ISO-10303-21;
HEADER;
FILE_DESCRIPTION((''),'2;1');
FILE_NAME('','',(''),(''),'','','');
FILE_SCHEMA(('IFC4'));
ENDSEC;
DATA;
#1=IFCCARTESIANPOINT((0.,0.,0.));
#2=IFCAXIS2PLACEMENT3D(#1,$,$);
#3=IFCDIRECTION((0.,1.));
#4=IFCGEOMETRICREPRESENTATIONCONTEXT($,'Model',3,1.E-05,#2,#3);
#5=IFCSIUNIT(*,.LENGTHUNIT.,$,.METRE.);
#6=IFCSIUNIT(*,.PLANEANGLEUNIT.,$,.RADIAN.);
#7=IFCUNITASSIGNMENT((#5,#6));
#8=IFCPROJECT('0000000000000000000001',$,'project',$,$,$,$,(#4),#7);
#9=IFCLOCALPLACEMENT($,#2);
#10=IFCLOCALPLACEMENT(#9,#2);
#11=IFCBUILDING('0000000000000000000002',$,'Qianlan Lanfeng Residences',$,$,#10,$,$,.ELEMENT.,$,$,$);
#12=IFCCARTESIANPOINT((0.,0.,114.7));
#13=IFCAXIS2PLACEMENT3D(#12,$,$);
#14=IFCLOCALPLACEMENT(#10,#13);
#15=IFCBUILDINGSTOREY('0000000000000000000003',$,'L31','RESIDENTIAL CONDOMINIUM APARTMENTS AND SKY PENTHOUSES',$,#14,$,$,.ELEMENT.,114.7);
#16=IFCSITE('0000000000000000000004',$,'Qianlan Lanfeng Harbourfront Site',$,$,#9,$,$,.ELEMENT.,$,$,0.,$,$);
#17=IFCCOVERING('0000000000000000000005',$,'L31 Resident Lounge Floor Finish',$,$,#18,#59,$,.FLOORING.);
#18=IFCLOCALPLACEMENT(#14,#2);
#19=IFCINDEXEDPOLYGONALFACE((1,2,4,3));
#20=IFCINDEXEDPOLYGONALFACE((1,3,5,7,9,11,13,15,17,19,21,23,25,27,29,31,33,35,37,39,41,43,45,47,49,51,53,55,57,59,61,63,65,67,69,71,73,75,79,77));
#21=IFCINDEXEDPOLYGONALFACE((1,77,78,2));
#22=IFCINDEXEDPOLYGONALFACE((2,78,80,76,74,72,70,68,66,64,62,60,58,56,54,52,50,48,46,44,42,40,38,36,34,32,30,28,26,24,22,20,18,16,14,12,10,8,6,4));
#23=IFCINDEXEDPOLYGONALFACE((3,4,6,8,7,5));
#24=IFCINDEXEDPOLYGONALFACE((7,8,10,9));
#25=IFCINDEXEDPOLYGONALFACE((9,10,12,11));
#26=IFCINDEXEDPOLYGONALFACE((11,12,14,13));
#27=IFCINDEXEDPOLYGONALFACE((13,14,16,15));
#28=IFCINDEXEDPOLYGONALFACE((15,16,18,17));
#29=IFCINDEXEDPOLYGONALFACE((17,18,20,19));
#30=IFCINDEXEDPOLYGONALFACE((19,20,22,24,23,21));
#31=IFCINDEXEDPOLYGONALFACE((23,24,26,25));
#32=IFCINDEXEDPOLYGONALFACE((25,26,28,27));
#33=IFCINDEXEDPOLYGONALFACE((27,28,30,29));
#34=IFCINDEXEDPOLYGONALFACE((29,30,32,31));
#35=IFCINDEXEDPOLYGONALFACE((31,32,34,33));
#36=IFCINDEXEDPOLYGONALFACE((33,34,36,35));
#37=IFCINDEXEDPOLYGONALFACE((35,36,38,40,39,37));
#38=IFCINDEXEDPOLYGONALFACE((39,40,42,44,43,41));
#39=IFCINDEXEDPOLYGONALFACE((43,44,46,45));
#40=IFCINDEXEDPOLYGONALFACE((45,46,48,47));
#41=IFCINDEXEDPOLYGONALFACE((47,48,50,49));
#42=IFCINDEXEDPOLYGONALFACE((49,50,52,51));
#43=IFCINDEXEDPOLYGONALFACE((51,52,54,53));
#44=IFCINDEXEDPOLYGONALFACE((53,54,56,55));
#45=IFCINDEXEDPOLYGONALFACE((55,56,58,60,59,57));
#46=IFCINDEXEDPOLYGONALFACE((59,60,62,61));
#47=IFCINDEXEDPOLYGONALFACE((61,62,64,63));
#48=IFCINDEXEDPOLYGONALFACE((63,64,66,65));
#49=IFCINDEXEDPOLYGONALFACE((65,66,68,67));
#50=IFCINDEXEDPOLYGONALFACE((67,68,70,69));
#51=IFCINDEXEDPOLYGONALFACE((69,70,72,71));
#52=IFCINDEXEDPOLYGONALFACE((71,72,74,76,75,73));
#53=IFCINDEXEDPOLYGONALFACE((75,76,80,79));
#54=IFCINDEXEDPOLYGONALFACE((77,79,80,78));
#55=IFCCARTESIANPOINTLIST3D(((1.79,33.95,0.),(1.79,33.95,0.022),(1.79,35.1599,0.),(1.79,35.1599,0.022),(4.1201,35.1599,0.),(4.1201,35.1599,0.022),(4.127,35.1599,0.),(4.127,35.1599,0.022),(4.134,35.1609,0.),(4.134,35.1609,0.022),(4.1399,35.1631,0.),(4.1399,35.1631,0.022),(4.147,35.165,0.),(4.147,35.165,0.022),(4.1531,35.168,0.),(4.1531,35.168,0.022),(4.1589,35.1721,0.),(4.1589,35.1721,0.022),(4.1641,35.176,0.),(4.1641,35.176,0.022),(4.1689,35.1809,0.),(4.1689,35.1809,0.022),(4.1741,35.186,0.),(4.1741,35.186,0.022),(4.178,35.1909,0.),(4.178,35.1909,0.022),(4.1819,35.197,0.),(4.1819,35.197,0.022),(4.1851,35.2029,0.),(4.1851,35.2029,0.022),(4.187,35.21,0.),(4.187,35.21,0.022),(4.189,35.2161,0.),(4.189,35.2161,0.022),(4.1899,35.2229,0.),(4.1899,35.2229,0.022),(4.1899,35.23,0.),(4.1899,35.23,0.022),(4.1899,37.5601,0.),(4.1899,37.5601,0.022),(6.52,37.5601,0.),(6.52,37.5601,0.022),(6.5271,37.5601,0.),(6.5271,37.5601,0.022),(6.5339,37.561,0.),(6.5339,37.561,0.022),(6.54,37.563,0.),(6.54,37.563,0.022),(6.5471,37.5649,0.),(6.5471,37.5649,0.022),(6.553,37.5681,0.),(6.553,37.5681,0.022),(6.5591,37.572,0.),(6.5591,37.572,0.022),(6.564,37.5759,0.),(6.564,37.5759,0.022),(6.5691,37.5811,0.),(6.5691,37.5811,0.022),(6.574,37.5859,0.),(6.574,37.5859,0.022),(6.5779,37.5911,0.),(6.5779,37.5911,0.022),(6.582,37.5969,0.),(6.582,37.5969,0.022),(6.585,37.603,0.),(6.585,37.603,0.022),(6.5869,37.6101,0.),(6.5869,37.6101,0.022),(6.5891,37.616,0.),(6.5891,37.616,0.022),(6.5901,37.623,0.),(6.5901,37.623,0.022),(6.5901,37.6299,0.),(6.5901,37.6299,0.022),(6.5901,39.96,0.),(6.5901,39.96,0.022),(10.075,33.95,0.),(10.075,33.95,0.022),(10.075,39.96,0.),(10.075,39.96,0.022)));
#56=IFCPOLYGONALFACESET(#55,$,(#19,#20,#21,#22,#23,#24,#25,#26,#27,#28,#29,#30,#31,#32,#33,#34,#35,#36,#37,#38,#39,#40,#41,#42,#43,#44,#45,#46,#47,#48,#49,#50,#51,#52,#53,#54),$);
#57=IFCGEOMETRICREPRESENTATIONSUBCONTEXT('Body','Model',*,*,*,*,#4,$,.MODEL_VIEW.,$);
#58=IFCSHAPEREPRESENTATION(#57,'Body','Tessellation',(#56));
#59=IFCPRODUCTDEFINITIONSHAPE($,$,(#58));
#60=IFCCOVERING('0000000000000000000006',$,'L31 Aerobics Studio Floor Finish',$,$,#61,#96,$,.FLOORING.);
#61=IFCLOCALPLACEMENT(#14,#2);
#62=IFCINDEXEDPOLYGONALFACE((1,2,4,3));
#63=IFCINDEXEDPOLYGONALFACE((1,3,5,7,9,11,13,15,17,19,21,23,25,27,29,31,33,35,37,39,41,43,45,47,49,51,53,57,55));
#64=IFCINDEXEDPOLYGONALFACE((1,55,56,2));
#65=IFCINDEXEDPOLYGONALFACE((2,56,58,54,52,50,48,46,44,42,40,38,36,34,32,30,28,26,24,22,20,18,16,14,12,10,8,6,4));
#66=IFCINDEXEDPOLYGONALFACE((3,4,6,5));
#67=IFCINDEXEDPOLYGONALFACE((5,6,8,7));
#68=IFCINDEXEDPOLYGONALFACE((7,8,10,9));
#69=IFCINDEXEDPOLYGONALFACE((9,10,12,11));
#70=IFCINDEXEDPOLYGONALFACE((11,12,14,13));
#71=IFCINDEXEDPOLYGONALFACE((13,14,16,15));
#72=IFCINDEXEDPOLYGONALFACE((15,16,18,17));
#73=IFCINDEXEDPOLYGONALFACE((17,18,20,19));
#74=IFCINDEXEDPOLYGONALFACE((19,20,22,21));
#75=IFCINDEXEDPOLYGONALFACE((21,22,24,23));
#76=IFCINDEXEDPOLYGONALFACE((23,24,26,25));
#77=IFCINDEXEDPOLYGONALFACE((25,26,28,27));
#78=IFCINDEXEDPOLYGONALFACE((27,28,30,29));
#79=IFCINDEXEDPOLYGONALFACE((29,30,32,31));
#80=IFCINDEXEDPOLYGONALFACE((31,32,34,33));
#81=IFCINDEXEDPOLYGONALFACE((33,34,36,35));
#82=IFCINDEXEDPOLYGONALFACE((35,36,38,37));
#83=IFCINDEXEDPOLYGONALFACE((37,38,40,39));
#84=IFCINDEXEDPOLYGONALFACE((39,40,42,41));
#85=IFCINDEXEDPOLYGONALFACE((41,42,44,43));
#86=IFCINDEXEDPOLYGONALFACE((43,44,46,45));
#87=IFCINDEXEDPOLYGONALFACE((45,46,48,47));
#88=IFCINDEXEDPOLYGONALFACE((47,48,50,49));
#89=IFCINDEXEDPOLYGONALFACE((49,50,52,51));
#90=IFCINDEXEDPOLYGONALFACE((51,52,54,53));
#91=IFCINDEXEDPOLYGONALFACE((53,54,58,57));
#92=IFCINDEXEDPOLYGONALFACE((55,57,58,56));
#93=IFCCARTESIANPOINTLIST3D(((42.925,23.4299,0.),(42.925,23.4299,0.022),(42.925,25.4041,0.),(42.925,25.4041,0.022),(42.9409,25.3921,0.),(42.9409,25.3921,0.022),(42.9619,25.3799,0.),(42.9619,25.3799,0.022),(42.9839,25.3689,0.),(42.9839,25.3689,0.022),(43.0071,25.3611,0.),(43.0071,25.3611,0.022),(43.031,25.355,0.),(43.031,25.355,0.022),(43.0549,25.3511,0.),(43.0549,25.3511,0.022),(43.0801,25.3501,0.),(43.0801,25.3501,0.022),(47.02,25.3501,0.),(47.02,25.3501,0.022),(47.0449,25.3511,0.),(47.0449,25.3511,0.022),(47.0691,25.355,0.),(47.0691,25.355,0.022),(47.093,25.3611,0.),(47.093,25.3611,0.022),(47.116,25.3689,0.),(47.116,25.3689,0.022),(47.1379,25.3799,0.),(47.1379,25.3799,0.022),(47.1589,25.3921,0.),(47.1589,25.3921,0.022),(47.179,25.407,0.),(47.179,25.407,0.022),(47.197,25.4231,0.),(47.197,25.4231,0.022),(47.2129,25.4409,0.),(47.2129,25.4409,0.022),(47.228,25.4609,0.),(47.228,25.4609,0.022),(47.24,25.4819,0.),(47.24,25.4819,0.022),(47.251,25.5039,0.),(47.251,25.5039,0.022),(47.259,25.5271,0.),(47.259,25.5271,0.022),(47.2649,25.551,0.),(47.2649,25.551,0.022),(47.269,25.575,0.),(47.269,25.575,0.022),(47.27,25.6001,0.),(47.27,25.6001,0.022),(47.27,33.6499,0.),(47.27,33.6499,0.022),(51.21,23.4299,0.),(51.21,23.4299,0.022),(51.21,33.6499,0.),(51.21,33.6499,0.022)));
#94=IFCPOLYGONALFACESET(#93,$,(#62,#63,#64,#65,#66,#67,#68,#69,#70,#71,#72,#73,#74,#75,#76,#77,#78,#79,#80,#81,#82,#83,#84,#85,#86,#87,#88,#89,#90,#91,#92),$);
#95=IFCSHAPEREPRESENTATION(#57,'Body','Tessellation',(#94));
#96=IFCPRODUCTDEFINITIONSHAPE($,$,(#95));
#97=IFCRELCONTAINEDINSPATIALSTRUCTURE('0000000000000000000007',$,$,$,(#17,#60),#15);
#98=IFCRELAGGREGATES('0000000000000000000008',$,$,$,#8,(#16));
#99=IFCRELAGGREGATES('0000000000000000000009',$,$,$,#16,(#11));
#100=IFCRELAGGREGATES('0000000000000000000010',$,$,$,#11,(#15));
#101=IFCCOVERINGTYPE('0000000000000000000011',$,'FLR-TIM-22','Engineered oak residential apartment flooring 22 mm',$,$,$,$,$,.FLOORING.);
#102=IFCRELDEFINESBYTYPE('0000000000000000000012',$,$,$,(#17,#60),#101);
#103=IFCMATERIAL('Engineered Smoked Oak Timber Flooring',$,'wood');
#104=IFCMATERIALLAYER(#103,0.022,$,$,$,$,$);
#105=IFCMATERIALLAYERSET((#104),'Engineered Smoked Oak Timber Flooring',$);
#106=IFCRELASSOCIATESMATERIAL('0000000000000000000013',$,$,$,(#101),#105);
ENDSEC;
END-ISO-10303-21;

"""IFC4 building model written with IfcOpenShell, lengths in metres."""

from ifc_helpers import new_model, si_unit, direction, frame, origin, place, context, subcontext, project, spatial, polyline, outline, extrude, material, layer, layer_set, type_object, element, save


model = new_model("IFC4")

# Units and contexts
model_context = context("Model", 3, precision=1e-05, world=origin(), true_north=direction((0.0, 1.0)))
body_context = subcontext(model_context, "Body", "Model", "MODEL_VIEW")
ifc_project = project(units=[si_unit("LENGTHUNIT", "METRE"), si_unit("PLANEANGLEUNIT", "RADIAN")], contexts=[model_context])

# Site, building, storey
site_placement = place(None, origin())
site = spatial("IfcSite", under=ifc_project, at=site_placement, Name="Qianlan Lanfeng Harbourfront Site", CompositionType="ELEMENT", RefElevation=0.0)
building_placement = place(site_placement, origin())
building = spatial("IfcBuilding", under=site, at=building_placement, Name="Qianlan Lanfeng Residences", CompositionType="ELEMENT")
storey_placement = place(building_placement, frame((0.0, 0.0, 114.7)))
storey = spatial("IfcBuildingStorey", under=building, at=storey_placement, Name="L31", Description="RESIDENTIAL CONDOMINIUM APARTMENTS AND SKY PENTHOUSES", CompositionType="ELEMENT", Elevation=114.7)

# Coverings
ifc_material_1 = material(Name="Engineered Smoked Oak Timber Flooring", Category="wood")
ifc_layer_1 = layer(ifc_material_1, 0.022)
ifc_layer_set_1 = layer_set([ifc_layer_1], Name="Engineered Smoked Oak Timber Flooring")
covering_type_1 = type_object("IfcCoveringType", Name="FLR-TIM-22", Description="Engineered oak residential apartment flooring 22 mm", PredefinedType="FLOORING", material=ifc_layer_set_1)
covering_1_placement = place(storey_placement, origin())
element("IfcCovering", 1, at=covering_1_placement, inside=storey, type_object=covering_type_1, Name="L31 Resident Lounge Floor Finish", PredefinedType="FLOORING", context=body_context, shape_type="SweptSolid", body=[
    extrude(outline(polyline([(1.79, 33.95), (10.075, 33.95), (10.075, 39.96), (6.5901, 39.96), (6.5901, 37.6299), (6.5901, 37.623), (6.5891, 37.616), (6.5869, 37.6101), (6.585, 37.603), (6.582, 37.5969), (6.5779, 37.5911), (6.574, 37.5859), (6.5691, 37.5811), (6.564, 37.5759), (6.5591, 37.572), (6.553, 37.5681), (6.5471, 37.5649), (6.54, 37.563), (6.5339, 37.561), (6.5271, 37.5601), (6.52, 37.5601), (4.1899, 37.5601), (4.1899, 35.23), (4.1899, 35.2229), (4.189, 35.2161), (4.187, 35.21), (4.1851, 35.2029), (4.1819, 35.197), (4.178, 35.1909), (4.1741, 35.186), (4.1689, 35.1809), (4.1641, 35.176), (4.1589, 35.1721), (4.1531, 35.168), (4.147, 35.165), (4.1399, 35.1631), (4.134, 35.1609), (4.127, 35.1599), (4.1201, 35.1599), (1.79, 35.1599), (1.79, 33.95)])), origin(), (0.0, 0.0, 1.0), 0.022),
])
covering_2_placement = place(storey_placement, origin())
element("IfcCovering", 2, at=covering_2_placement, inside=storey, type_object=covering_type_1, Name="L31 Aerobics Studio Floor Finish", PredefinedType="FLOORING", context=body_context, shape_type="SweptSolid", body=[
    extrude(outline(polyline([(51.21, 33.6499), (47.27, 33.6499), (47.27, 25.6001), (47.269, 25.575), (47.2649, 25.551), (47.259, 25.5271), (47.251, 25.5039), (47.24, 25.4819), (47.228, 25.4609), (47.2129, 25.4409), (47.197, 25.4231), (47.179, 25.407), (47.1589, 25.3921), (47.1379, 25.3799), (47.116, 25.3689), (47.093, 25.3611), (47.0691, 25.355), (47.0449, 25.3511), (47.02, 25.3501), (43.0801, 25.3501), (43.0549, 25.3511), (43.031, 25.355), (43.0071, 25.3611), (42.9839, 25.3689), (42.9619, 25.3799), (42.9409, 25.3921), (42.925, 25.4041), (42.925, 23.4299), (51.21, 23.4299), (51.21, 33.6499)])), origin(), (0.0, 0.0, 1.0), 0.022),
])

save(model, "model.ifc")
